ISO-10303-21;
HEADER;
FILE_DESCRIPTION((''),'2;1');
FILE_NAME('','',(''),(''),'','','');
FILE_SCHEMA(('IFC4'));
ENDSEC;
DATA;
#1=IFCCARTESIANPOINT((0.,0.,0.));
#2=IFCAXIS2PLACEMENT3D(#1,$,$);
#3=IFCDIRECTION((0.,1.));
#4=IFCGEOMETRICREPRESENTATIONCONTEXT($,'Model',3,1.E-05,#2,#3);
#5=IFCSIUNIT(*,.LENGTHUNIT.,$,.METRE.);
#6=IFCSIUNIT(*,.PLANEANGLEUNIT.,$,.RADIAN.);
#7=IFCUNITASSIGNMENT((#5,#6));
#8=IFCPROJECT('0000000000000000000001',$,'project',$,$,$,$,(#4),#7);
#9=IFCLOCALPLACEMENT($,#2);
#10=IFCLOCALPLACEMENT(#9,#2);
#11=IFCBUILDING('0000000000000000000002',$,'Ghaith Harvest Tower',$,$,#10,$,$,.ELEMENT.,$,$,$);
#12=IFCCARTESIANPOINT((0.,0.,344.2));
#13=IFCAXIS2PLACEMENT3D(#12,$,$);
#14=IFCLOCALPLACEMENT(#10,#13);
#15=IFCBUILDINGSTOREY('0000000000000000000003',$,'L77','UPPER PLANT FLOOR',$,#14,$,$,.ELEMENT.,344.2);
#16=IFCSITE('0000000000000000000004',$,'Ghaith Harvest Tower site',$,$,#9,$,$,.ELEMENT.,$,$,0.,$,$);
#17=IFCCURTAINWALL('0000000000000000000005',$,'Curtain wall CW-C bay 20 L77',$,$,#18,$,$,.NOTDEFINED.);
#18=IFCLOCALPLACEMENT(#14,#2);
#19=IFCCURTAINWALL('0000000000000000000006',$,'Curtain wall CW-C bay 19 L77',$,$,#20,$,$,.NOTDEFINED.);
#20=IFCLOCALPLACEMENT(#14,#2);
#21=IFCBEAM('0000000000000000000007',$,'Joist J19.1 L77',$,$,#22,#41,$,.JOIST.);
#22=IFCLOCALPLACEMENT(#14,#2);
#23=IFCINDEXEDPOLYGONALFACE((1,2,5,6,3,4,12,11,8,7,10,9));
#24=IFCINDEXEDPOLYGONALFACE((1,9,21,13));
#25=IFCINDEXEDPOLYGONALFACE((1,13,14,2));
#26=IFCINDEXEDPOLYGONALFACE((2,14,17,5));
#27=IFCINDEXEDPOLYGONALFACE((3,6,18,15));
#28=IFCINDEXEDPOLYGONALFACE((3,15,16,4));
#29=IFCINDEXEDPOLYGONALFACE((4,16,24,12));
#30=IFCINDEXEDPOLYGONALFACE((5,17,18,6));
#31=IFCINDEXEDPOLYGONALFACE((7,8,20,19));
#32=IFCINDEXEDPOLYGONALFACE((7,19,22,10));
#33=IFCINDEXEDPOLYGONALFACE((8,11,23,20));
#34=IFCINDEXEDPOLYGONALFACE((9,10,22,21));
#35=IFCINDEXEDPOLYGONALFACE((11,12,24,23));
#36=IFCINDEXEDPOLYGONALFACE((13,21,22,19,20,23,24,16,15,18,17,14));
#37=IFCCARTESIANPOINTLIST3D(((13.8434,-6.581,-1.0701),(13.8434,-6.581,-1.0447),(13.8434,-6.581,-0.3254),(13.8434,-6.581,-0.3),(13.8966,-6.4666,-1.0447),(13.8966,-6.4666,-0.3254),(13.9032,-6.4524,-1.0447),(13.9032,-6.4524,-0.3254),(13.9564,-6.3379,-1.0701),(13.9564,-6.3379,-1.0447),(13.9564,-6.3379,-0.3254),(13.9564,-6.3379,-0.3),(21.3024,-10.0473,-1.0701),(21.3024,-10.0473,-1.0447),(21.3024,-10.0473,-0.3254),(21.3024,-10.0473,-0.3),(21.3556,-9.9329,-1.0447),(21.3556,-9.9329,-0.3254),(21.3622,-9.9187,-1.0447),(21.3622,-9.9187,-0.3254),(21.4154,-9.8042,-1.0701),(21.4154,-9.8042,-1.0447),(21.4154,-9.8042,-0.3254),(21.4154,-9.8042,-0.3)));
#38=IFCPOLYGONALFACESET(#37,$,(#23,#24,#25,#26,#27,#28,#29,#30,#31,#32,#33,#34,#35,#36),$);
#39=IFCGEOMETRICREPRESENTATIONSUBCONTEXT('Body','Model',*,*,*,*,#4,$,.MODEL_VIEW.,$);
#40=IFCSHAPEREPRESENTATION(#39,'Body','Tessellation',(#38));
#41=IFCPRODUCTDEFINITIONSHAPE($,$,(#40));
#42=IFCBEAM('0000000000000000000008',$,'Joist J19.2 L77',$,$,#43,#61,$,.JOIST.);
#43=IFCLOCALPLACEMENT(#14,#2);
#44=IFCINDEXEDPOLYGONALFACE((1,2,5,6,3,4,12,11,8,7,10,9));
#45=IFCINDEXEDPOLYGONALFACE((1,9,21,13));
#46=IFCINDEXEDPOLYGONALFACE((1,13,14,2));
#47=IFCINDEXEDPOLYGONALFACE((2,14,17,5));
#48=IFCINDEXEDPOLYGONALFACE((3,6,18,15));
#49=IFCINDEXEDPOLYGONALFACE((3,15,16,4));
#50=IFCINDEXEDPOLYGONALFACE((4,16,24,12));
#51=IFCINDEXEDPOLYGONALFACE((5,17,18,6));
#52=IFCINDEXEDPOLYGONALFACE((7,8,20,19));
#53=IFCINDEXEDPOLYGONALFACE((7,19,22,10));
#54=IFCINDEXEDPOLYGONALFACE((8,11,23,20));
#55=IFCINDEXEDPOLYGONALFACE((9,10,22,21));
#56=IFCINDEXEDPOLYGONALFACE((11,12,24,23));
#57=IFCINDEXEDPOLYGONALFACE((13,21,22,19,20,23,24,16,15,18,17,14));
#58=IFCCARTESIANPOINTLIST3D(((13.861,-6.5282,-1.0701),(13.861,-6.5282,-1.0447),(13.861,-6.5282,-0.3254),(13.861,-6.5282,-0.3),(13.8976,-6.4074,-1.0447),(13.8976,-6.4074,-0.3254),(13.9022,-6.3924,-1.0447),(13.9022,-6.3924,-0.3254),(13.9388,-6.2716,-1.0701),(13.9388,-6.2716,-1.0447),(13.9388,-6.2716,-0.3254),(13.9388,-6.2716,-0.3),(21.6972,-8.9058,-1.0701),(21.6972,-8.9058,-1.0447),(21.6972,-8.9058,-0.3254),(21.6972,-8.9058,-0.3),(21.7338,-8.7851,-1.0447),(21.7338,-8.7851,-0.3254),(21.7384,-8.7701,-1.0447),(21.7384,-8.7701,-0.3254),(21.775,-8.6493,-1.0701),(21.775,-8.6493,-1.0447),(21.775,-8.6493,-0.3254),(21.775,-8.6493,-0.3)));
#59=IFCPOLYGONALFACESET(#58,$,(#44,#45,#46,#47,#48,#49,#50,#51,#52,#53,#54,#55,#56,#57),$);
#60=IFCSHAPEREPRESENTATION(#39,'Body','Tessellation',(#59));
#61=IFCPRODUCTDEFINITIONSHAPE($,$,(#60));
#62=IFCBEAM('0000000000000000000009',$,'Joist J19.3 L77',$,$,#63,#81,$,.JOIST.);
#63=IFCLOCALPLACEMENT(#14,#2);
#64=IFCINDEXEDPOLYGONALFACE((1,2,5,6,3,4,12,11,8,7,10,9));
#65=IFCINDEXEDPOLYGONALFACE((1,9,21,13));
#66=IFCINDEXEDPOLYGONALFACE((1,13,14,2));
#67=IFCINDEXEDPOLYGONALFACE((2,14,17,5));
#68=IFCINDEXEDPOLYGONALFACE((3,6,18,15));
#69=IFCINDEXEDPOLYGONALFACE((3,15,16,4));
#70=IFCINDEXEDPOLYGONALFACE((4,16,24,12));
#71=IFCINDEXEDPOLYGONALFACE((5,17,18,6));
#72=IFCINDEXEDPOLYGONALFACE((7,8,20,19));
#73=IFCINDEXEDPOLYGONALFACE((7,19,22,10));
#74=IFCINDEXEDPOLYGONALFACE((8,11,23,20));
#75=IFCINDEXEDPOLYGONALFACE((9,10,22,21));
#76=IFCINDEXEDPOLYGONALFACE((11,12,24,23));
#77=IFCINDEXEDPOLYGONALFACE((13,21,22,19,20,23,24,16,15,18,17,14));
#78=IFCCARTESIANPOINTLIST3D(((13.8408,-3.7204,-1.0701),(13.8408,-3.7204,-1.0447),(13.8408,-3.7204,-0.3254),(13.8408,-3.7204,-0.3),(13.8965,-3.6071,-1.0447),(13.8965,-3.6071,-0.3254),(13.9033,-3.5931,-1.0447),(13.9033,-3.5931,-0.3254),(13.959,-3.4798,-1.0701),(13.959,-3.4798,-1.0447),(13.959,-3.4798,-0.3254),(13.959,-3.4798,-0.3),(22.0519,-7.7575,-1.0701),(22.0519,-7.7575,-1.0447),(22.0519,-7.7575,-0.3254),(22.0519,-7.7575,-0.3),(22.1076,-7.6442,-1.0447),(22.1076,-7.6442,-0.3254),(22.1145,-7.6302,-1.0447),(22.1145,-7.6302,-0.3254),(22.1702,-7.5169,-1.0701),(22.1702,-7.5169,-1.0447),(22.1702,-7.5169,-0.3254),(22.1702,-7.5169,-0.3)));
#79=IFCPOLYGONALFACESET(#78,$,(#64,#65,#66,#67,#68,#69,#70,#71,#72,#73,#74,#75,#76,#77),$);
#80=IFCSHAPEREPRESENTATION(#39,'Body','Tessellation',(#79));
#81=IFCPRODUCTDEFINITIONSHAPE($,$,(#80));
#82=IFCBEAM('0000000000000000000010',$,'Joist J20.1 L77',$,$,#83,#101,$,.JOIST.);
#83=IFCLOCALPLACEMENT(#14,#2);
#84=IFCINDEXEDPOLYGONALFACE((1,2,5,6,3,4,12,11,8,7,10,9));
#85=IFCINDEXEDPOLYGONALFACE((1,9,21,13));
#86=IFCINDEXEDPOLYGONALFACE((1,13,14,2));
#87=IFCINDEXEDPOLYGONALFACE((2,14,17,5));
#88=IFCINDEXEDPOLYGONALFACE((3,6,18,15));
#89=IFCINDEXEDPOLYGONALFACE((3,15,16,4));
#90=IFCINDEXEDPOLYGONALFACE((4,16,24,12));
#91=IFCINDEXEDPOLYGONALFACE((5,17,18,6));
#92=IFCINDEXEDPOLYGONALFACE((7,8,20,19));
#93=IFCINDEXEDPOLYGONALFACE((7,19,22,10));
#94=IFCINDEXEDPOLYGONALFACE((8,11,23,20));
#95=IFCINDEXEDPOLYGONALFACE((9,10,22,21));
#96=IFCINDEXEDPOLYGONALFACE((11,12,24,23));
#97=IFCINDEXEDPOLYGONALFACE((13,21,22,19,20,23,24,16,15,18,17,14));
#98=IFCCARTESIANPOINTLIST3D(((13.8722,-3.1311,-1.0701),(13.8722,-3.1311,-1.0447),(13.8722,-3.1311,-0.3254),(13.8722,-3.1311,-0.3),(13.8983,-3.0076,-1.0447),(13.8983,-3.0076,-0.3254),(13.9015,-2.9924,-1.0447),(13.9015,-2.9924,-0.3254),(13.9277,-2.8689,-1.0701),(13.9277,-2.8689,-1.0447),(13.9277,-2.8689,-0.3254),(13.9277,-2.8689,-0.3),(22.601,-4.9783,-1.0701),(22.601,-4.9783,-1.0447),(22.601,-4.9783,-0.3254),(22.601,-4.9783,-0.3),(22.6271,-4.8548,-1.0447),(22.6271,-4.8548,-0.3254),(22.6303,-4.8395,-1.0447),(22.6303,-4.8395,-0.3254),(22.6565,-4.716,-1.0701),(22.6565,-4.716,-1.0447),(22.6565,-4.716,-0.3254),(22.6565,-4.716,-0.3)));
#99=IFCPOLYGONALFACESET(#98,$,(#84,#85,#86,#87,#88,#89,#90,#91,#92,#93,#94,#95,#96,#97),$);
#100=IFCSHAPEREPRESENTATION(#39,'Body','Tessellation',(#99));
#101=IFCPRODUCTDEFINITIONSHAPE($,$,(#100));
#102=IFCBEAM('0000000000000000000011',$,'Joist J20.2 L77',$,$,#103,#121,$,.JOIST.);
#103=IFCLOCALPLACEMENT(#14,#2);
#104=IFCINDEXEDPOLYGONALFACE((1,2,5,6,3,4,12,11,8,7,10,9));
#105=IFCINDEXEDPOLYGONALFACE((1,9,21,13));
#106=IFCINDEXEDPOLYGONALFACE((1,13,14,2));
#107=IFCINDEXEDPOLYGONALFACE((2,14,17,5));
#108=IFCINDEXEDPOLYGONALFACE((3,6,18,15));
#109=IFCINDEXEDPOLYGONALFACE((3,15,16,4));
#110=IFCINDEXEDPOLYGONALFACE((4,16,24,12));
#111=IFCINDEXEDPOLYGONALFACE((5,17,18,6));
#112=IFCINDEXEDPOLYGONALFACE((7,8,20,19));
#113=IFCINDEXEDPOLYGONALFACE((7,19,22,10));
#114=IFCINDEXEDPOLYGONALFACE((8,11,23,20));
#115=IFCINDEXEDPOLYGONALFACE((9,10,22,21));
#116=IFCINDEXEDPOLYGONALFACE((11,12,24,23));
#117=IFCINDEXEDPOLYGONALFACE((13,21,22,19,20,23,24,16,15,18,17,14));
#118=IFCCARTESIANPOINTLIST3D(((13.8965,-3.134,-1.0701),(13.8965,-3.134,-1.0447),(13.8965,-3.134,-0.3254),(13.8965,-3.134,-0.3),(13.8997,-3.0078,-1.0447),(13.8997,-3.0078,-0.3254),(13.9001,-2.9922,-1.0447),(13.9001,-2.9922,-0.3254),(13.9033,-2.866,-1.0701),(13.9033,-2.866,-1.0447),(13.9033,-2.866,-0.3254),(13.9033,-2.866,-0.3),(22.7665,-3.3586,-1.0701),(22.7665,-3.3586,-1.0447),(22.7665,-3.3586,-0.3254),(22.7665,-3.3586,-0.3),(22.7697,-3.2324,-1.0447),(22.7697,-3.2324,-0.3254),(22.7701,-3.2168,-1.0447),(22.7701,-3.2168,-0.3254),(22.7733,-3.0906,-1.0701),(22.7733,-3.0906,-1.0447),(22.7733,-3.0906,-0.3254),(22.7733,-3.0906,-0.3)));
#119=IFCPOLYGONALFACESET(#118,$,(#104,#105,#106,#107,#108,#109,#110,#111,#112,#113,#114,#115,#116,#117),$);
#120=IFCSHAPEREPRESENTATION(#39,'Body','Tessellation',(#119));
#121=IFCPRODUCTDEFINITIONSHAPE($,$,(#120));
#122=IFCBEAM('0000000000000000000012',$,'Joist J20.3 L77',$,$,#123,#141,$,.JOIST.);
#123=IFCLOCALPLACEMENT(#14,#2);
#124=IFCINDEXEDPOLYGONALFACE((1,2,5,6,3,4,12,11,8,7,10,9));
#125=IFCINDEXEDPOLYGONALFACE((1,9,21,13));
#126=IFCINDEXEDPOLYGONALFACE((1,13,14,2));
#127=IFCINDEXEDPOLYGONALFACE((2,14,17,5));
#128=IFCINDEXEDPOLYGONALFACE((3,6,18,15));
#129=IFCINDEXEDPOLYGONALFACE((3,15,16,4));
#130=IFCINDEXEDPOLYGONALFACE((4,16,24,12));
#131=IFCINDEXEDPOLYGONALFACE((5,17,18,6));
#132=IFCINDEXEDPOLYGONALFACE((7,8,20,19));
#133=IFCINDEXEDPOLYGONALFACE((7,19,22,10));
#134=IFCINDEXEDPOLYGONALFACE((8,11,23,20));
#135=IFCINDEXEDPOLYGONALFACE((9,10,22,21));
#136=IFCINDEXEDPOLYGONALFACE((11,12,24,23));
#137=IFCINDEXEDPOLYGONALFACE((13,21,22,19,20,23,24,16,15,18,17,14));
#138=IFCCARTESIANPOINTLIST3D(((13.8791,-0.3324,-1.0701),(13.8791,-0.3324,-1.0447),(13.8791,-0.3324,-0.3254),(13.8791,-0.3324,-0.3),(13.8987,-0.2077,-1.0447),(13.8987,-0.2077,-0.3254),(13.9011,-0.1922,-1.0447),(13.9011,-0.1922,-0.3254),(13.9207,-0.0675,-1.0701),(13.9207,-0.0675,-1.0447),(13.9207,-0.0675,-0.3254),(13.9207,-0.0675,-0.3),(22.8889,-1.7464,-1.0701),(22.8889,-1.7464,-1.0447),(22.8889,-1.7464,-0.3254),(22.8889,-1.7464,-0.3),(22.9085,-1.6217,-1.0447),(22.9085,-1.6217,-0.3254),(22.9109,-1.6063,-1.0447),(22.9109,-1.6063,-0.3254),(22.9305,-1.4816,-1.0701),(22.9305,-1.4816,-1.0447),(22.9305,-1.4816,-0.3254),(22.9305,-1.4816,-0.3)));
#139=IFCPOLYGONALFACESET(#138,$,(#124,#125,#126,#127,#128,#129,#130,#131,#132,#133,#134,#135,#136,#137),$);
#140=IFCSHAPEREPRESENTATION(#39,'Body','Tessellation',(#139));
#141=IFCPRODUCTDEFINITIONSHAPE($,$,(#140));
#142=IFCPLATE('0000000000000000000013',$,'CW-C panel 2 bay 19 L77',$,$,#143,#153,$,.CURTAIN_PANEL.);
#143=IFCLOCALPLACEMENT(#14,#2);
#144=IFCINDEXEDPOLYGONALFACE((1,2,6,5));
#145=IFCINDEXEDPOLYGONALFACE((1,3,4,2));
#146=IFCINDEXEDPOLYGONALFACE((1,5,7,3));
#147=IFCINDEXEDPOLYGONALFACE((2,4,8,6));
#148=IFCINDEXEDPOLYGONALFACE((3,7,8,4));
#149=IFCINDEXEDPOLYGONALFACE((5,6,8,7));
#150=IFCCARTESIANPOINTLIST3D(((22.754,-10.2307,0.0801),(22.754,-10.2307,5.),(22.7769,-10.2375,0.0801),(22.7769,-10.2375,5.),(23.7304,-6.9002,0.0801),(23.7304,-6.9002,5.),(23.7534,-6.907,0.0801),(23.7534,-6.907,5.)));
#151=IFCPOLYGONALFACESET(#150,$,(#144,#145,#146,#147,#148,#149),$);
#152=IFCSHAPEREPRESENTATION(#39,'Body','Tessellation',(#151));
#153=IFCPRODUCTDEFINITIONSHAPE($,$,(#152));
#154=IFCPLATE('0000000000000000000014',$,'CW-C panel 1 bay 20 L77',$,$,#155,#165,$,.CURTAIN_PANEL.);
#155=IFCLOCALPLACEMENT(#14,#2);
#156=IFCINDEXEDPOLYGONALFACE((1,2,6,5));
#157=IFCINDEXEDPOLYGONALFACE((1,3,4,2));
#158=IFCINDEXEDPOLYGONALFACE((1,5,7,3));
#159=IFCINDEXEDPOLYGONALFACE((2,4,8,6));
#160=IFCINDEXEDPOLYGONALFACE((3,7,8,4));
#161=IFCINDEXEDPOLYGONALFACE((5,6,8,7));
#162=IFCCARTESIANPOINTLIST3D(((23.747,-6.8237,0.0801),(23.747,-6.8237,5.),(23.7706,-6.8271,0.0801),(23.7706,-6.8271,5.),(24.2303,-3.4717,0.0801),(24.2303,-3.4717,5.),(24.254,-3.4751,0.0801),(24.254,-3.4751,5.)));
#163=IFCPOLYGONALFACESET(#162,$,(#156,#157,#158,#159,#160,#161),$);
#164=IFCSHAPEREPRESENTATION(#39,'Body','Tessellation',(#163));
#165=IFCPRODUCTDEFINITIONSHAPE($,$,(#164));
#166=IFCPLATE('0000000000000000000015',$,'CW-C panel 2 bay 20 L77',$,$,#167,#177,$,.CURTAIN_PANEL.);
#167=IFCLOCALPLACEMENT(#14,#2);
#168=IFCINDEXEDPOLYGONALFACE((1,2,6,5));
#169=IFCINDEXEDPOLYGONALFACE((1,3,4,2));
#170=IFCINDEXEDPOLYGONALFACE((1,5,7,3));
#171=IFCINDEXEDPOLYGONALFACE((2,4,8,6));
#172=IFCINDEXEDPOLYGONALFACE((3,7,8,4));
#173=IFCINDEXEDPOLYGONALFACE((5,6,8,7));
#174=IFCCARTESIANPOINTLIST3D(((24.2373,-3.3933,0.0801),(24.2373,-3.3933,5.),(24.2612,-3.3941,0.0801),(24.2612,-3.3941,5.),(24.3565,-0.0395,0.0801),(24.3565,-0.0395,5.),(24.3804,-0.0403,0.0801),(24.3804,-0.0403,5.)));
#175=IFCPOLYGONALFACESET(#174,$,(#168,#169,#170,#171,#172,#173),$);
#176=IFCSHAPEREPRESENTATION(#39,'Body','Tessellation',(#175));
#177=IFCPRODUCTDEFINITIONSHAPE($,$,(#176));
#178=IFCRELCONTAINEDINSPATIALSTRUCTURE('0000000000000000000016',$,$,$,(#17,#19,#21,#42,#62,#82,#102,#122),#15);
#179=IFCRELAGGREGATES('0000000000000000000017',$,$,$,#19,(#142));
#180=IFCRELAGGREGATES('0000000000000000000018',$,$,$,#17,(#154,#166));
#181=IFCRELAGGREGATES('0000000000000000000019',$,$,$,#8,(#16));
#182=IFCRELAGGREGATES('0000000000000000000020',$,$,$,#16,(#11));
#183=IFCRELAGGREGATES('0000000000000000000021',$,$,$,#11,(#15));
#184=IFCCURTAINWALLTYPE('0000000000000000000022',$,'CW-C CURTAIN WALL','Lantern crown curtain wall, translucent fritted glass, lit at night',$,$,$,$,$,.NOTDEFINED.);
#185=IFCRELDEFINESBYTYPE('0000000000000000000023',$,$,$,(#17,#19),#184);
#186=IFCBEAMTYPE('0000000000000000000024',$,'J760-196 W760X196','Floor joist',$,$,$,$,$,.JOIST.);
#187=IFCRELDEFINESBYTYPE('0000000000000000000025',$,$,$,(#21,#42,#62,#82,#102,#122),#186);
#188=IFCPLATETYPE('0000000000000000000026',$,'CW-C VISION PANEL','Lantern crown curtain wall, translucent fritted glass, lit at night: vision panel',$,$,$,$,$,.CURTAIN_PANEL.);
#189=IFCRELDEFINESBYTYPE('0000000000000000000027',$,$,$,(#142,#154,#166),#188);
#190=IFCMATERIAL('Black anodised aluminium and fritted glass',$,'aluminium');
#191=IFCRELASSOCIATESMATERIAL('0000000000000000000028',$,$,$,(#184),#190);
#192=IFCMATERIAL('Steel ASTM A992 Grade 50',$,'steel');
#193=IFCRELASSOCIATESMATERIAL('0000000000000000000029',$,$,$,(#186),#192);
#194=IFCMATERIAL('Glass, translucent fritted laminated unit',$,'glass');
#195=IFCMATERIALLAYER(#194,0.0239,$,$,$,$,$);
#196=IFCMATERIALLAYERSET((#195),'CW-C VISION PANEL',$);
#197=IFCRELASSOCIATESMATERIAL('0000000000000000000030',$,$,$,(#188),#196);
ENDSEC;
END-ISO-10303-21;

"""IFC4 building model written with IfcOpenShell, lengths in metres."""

from ifc_helpers import new_model, si_unit, direction, frame, origin, origin_2d, place, context, subcontext, project, spatial, rectangle, i_section, extrude, material, layer, layer_set, material_profile, profile_set, type_object, element, aggregate, save


model = new_model("IFC4")

# Units and contexts
model_context = context("Model", 3, precision=1e-05, world=origin(), true_north=direction((0.0, 1.0)))
body_context = subcontext(model_context, "Body", "Model", "MODEL_VIEW")
ifc_project = project(units=[si_unit("LENGTHUNIT", "METRE"), si_unit("PLANEANGLEUNIT", "RADIAN")], contexts=[model_context])

# Site, building, storey
site_placement = place(None, origin())
site = spatial("IfcSite", under=ifc_project, at=site_placement, Name="Ghaith Harvest Tower site", CompositionType="ELEMENT", RefElevation=0.0)
building_placement = place(site_placement, origin())
building = spatial("IfcBuilding", under=site, at=building_placement, Name="Ghaith Harvest Tower", CompositionType="ELEMENT")
storey_placement = place(building_placement, frame((0.0, 0.0, 344.2)))
storey = spatial("IfcBuildingStorey", under=building, at=storey_placement, Name="L77", Description="UPPER PLANT FLOOR", CompositionType="ELEMENT", Elevation=344.2)

# Curtain wall
ifc_material_1 = material(Name="Black anodised aluminium and fritted glass", Category="aluminium")
curtain_wall_type = type_object("IfcCurtainWallType", Name="CW-C CURTAIN WALL", Description="Lantern crown curtain wall, translucent fritted glass, lit at night", PredefinedType="NOTDEFINED", material=ifc_material_1)
curtain_wall_1_placement = place(storey_placement, origin())
curtain_wall_1 = element("IfcCurtainWall", 1, at=curtain_wall_1_placement, inside=storey, type_object=curtain_wall_type, Name="Curtain wall CW-C bay 20 L77", PredefinedType="NOTDEFINED")

# Curtain wall
curtain_wall_2_placement = place(storey_placement, origin())
curtain_wall_2 = element("IfcCurtainWall", 2, at=curtain_wall_2_placement, inside=storey, type_object=curtain_wall_type, Name="Curtain wall CW-C bay 19 L77", PredefinedType="NOTDEFINED")

# Beams
ifc_material_2 = material(Name="Steel ASTM A992 Grade 50", Category="steel")
ifc_material_profile_1 = material_profile(ifc_material_2, i_section(OverallWidth=0.2681, OverallDepth=0.77, WebThickness=0.0156, FlangeThickness=0.0254, at=origin_2d()), Name="W760X196")
ifc_profile_set_1 = profile_set([ifc_material_profile_1], Name="Steel ASTM A992 Grade 50")
beam_type_1 = type_object("IfcBeamType", Name="J760-196 W760X196", Description="Floor joist", PredefinedType="JOIST", material=ifc_profile_set_1)
beam_1_placement = place(storey_placement, frame((13.8999, -6.4595, -0.6851), z_axis=(0.90686, -0.421432, 0.0), x_axis=(0.421432, 0.90686, 0.0)))
element("IfcBeam", 3, at=beam_1_placement, inside=storey, type_object=beam_type_1, Name="Joist J19.1 L77", PredefinedType="JOIST", context=body_context, shape_type="SweptSolid", body=[
    extrude(i_section(OverallWidth=0.2681, OverallDepth=0.77, WebThickness=0.0156, FlangeThickness=0.0254, at=origin_2d()), origin(), (0.0, 0.0, 1.0), 8.2251),
])
beam_2_placement = place(storey_placement, frame((13.8999, -6.3999, -0.6851), z_axis=(0.95692, -0.290352, 0.0), x_axis=(0.290352, 0.95692, 0.0)))
element("IfcBeam", 4, at=beam_2_placement, inside=storey, type_object=beam_type_1, Name="Joist J19.2 L77", PredefinedType="JOIST", context=body_context, shape_type="SweptSolid", body=[
    extrude(i_section(OverallWidth=0.2681, OverallDepth=0.77, WebThickness=0.0156, FlangeThickness=0.0254, at=origin_2d()), origin(), (0.0, 0.0, 1.0), 8.189),
])
beam_3_placement = place(storey_placement, frame((13.8999, -3.6001, -0.6851), z_axis=(0.897401, -0.441216, 0.0), x_axis=(0.441216, 0.897401, 0.0)))
element("IfcBeam", 5, at=beam_3_placement, inside=storey, type_object=beam_type_1, Name="Joist J19.3 L77", PredefinedType="JOIST", context=body_context, shape_type="SweptSolid", body=[
    extrude(i_section(OverallWidth=0.2681, OverallDepth=0.77, WebThickness=0.0156, FlangeThickness=0.0254, at=origin_2d()), origin(), (0.0, 0.0, 1.0), 9.1499),
])
beam_4_placement = place(storey_placement, frame((13.8999, -3.0, -0.6851), z_axis=(0.978334, -0.207034, 0.0), x_axis=(0.207034, 0.978334, 0.0)))
element("IfcBeam", 6, at=beam_4_placement, inside=storey, type_object=beam_type_1, Name="Joist J20.1 L77", PredefinedType="JOIST", context=body_context, shape_type="SweptSolid", body=[
    extrude(i_section(OverallWidth=0.2681, OverallDepth=0.77, WebThickness=0.0156, FlangeThickness=0.0254, at=origin_2d()), origin(), (0.0, 0.0, 1.0), 8.9221),
])
beam_5_placement = place(storey_placement, frame((13.8999, -3.0, -0.6851), z_axis=(0.99968, -0.025315, 0.0), x_axis=(0.025315, 0.99968, 0.0)))
element("IfcBeam", 7, at=beam_5_placement, inside=storey, type_object=beam_type_1, Name="Joist J20.2 L77", PredefinedType="JOIST", context=body_context, shape_type="SweptSolid", body=[
    extrude(i_section(OverallWidth=0.2681, OverallDepth=0.77, WebThickness=0.0156, FlangeThickness=0.0254, at=origin_2d()), origin(), (0.0, 0.0, 1.0), 8.8728),
])
beam_6_placement = place(storey_placement, frame((13.8999, -0.2, -0.6851), z_axis=(0.987907, -0.15505, 0.0), x_axis=(0.15505, 0.987907, 0.0)))
element("IfcBeam", 8, at=beam_6_placement, inside=storey, type_object=beam_type_1, Name="Joist J20.3 L77", PredefinedType="JOIST", context=body_context, shape_type="SweptSolid", body=[
    extrude(i_section(OverallWidth=0.2681, OverallDepth=0.77, WebThickness=0.0156, FlangeThickness=0.0254, at=origin_2d()), origin(), (0.0, 0.0, 1.0), 9.1201),
])

# Plates
ifc_material_3 = material(Name="Glass, translucent fritted laminated unit", Category="glass")
ifc_layer_1 = layer(ifc_material_3, 0.0239)
ifc_layer_set_1 = layer_set([ifc_layer_1], Name="CW-C VISION PANEL")
plate_type = type_object("IfcPlateType", Name="CW-C VISION PANEL", Description="Lantern crown curtain wall, translucent fritted glass, lit at night: vision panel", PredefinedType="CURTAIN_PANEL", material=ifc_layer_set_1)
plate_1_placement = place(storey_placement, frame((23.2537, -8.5688, 0.0801), z_axis=(0.0, 0.0, 1.0), x_axis=(0.281345, 0.959607, 0.0)))
plate_1 = element("IfcPlate", 9, at=plate_1_placement, type_object=plate_type, Name="CW-C panel 2 bay 19 L77", PredefinedType="CURTAIN_PANEL", context=body_context, shape_type="SweptSolid", body=[
    extrude(rectangle(XDim=3.4707, YDim=0.0239, at=origin_2d()), origin(), (0.0, 0.0, 1.0), 4.9199),
])
aggregate(curtain_wall_2, [plate_1])
plate_2_placement = place(storey_placement, frame((24.0005, -5.1494, 0.0801), z_axis=(0.0, 0.0, 1.0), x_axis=(0.14273, 0.989762, 0.0)))
plate_2 = element("IfcPlate", 10, at=plate_2_placement, type_object=plate_type, Name="CW-C panel 1 bay 20 L77", PredefinedType="CURTAIN_PANEL", context=body_context, shape_type="SweptSolid", body=[
    extrude(rectangle(XDim=3.3867, YDim=0.0239, at=origin_2d()), origin(), (0.0, 0.0, 1.0), 4.9199),
])
plate_3_placement = place(storey_placement, frame((24.3088, -1.7168, 0.0801), z_axis=(0.0, 0.0, 1.0), x_axis=(0.035536, 0.999368, 0.0)))
plate_3 = element("IfcPlate", 11, at=plate_3_placement, type_object=plate_type, Name="CW-C panel 2 bay 20 L77", PredefinedType="CURTAIN_PANEL", context=body_context, shape_type="SweptSolid", body=[
    extrude(rectangle(XDim=3.356, YDim=0.0239, at=origin_2d()), origin(), (0.0, 0.0, 1.0), 4.9199),
])
aggregate(curtain_wall_1, [plate_2, plate_3])

save(model, "model.ifc")
